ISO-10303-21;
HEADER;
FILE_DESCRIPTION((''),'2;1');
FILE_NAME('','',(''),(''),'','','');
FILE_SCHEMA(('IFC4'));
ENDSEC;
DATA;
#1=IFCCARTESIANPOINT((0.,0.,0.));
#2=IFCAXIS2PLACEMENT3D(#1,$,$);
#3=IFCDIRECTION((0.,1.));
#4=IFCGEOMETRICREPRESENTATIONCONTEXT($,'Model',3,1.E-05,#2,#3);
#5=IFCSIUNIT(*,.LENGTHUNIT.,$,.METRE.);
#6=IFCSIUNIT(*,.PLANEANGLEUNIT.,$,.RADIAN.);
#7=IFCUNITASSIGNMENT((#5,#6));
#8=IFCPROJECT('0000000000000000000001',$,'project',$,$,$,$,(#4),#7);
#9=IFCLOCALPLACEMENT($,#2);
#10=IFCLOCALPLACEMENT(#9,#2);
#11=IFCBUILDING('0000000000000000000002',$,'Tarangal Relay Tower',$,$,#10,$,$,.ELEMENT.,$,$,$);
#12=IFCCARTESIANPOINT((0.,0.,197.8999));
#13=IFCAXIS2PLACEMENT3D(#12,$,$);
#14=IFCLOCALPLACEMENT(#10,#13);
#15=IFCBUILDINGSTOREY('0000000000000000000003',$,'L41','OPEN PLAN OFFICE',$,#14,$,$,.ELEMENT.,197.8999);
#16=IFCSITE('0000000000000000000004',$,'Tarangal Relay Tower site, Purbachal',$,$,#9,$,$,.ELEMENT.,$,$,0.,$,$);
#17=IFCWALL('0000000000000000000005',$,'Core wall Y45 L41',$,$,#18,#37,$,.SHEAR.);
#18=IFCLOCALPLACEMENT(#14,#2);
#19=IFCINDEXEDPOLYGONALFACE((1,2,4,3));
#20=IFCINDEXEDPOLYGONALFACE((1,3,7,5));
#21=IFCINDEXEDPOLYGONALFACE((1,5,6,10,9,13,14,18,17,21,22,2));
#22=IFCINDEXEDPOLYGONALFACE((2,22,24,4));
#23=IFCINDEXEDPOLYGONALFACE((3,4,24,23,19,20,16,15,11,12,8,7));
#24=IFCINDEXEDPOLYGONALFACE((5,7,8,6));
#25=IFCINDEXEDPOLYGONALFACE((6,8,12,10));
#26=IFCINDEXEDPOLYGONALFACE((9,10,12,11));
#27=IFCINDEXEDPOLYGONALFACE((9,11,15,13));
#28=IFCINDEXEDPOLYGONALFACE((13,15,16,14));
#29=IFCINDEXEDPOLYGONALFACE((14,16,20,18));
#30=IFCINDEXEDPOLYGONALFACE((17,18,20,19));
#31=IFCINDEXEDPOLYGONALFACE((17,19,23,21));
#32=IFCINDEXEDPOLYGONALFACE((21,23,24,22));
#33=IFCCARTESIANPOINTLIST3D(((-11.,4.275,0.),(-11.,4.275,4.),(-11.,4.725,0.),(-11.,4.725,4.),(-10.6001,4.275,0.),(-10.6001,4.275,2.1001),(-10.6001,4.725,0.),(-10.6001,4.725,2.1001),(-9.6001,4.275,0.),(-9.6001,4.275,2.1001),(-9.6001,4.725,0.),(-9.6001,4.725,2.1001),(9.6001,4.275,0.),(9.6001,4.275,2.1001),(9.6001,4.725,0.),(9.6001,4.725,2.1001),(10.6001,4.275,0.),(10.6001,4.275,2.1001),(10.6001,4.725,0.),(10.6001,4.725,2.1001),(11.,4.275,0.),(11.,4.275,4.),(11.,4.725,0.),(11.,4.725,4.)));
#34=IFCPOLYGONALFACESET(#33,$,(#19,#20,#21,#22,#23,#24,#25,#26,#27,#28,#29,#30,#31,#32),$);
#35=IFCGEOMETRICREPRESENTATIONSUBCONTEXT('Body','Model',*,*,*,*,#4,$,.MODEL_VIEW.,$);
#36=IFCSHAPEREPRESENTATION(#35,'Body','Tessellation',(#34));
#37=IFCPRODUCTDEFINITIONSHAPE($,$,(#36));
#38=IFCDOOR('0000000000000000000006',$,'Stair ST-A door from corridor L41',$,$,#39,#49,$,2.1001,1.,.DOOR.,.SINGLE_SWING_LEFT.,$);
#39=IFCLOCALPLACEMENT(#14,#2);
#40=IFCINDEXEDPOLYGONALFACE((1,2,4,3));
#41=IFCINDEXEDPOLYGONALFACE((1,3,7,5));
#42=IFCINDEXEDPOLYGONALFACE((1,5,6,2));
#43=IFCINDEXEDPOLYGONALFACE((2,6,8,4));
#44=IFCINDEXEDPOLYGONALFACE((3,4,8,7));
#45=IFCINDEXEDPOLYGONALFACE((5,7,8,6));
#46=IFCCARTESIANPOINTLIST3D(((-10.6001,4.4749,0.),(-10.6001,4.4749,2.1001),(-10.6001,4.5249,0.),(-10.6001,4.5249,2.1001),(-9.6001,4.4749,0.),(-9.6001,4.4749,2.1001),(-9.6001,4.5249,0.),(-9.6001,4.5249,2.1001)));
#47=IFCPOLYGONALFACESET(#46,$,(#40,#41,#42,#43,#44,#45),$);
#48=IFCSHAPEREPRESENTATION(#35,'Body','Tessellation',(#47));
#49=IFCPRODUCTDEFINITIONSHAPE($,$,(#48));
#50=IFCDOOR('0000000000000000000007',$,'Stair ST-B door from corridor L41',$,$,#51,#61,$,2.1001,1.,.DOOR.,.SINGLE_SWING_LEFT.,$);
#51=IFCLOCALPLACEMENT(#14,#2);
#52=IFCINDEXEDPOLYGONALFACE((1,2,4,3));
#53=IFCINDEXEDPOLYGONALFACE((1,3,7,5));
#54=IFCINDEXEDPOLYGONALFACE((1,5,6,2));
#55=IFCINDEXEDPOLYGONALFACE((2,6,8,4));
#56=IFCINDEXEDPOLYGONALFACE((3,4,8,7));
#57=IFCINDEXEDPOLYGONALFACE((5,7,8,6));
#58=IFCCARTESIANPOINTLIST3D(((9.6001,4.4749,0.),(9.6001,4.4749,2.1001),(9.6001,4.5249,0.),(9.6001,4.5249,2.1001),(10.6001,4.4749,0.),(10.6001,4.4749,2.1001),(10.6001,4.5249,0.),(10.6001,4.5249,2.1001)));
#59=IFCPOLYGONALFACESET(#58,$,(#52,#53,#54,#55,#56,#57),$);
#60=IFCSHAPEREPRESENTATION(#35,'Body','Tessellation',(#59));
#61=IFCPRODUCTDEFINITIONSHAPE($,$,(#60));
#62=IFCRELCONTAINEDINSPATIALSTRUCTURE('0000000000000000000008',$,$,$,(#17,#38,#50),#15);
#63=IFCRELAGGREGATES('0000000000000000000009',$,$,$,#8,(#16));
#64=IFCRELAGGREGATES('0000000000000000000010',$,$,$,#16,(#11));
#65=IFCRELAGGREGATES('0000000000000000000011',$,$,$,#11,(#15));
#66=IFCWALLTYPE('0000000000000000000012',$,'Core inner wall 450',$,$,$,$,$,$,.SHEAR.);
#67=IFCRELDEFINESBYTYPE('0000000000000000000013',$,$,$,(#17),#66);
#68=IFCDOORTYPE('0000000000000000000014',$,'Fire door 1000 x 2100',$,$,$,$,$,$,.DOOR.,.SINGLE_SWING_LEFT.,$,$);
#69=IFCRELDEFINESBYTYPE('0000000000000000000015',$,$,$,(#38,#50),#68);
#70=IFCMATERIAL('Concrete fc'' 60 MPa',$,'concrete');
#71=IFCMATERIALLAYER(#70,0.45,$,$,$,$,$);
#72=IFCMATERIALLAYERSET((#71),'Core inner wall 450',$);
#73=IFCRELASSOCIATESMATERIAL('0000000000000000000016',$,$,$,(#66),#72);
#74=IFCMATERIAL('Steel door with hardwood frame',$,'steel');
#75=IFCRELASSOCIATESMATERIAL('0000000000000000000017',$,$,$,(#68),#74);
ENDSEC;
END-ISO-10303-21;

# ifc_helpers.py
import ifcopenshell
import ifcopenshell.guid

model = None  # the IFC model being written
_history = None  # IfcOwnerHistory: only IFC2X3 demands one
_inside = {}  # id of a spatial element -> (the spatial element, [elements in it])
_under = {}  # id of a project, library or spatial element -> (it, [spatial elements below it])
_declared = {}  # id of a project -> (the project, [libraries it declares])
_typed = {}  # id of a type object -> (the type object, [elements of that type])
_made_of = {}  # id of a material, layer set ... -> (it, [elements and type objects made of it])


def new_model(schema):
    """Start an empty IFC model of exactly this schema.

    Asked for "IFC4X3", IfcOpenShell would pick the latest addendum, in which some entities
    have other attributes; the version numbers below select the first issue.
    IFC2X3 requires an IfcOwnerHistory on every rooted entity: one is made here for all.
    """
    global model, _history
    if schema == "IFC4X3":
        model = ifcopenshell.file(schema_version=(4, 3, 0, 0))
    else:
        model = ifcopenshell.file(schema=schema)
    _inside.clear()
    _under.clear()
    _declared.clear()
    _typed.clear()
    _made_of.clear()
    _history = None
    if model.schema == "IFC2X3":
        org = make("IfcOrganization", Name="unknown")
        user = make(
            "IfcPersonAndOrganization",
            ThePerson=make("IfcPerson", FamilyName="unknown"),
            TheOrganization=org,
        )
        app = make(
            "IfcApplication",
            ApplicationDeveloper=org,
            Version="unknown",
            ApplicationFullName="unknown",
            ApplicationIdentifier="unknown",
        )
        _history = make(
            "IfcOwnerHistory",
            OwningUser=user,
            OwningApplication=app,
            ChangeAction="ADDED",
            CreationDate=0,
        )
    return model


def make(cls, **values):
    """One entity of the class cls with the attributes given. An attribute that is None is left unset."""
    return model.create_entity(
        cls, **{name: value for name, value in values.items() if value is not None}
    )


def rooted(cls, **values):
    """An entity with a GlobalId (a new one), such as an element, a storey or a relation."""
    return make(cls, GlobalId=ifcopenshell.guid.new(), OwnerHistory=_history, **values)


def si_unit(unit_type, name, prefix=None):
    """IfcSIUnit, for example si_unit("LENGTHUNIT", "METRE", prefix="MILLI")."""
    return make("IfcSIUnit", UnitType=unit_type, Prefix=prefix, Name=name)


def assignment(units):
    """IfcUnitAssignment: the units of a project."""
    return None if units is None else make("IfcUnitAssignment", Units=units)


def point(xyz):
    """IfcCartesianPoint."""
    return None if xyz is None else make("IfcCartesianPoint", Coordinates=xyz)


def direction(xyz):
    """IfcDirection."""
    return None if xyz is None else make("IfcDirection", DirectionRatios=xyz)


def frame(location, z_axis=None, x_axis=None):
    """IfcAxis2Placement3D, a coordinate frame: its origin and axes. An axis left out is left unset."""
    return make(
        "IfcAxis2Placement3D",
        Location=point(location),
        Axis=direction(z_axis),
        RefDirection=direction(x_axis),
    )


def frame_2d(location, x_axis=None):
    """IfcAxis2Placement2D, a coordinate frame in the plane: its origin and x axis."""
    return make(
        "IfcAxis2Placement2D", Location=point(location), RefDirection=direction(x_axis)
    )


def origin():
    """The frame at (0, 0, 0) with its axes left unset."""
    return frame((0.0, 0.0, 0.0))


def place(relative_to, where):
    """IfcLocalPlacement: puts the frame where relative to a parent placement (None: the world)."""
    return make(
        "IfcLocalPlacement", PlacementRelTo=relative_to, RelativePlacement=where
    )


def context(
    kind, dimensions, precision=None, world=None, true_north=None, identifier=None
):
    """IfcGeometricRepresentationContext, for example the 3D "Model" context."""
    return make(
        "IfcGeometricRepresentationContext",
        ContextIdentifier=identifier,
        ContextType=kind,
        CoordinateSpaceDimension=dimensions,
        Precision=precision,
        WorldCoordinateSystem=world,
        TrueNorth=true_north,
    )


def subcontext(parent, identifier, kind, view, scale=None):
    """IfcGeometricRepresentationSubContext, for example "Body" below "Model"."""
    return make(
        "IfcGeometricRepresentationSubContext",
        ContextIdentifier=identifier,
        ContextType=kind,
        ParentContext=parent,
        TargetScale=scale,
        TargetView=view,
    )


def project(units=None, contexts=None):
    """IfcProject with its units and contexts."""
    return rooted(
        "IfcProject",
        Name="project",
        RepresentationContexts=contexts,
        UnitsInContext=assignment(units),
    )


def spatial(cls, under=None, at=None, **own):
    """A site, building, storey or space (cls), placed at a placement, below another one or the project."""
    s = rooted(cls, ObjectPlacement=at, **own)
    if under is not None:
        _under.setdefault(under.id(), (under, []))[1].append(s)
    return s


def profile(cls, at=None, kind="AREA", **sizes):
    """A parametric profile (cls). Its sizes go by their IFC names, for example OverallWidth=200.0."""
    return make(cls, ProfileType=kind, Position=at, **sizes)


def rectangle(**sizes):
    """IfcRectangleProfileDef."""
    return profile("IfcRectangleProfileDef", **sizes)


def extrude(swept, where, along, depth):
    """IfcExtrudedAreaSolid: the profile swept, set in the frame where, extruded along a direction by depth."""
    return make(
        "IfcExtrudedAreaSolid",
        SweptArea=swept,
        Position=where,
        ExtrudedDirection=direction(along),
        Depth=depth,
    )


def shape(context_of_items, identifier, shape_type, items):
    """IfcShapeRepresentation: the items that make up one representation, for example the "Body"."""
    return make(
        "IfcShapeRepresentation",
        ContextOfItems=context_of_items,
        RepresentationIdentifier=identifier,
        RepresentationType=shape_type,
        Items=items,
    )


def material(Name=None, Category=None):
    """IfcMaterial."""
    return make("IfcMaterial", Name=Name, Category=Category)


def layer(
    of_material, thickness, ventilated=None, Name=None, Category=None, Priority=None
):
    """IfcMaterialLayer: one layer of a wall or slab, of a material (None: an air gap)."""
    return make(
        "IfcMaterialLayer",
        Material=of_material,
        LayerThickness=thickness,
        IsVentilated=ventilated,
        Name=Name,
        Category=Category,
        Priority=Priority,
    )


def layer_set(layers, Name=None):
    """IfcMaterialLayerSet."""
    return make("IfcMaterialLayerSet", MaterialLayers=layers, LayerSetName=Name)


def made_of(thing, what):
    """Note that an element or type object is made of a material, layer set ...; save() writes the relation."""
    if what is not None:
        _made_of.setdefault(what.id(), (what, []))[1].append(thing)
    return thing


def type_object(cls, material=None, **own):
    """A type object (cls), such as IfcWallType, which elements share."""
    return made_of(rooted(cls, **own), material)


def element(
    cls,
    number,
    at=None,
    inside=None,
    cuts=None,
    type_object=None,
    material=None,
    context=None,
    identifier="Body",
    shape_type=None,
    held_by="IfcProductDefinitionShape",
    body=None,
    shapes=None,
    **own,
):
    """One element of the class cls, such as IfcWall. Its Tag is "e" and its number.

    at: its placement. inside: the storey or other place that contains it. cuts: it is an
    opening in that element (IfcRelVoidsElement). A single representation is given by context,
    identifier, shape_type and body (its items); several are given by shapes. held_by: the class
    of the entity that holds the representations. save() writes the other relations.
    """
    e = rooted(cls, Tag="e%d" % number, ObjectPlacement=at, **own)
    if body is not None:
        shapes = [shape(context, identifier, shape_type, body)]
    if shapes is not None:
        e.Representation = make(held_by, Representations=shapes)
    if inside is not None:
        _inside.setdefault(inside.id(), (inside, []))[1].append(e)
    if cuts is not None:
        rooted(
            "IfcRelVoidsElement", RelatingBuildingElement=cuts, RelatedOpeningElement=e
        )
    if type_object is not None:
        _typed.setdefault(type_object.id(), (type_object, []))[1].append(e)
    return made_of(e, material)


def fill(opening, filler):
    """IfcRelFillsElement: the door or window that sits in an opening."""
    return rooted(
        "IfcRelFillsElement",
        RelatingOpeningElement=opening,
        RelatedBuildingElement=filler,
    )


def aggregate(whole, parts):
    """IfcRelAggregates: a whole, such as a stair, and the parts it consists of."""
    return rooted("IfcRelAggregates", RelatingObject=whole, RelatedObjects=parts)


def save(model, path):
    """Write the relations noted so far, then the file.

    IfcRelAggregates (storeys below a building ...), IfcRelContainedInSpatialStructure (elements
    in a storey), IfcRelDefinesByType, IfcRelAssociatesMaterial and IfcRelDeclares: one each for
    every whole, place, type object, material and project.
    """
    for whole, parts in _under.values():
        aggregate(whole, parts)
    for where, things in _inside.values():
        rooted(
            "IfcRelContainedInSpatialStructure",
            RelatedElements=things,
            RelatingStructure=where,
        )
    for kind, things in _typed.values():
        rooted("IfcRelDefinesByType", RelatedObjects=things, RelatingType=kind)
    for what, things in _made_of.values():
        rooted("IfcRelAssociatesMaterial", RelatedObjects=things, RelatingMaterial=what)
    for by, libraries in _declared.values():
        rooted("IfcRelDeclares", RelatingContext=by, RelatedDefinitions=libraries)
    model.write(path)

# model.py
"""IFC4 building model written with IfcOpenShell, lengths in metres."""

from ifc_helpers import new_model, si_unit, direction, frame, frame_2d, origin, place, context, subcontext, project, spatial, rectangle, extrude, material, layer, layer_set, type_object, element, fill, save


model = new_model("IFC4")

# Units and contexts
model_context = context("Model", 3, precision=1e-05, world=origin(), true_north=direction((0.0, 1.0)))
body_context = subcontext(model_context, "Body", "Model", "MODEL_VIEW")
ifc_project = project(units=[si_unit("LENGTHUNIT", "METRE"), si_unit("PLANEANGLEUNIT", "RADIAN")], contexts=[model_context])

# Site, building, storey
site_placement = place(None, origin())
site = spatial("IfcSite", under=ifc_project, at=site_placement, Name="Tarangal Relay Tower site, Purbachal", CompositionType="ELEMENT", RefElevation=0.0)
building_placement = place(site_placement, origin())
building = spatial("IfcBuilding", under=site, at=building_placement, Name="Tarangal Relay Tower", CompositionType="ELEMENT")
storey_placement = place(building_placement, frame((0.0, 0.0, 197.8999)))
storey = spatial("IfcBuildingStorey", under=building, at=storey_placement, Name="L41", Description="OPEN PLAN OFFICE", CompositionType="ELEMENT", Elevation=197.8999)

# Wall, openings, doors
ifc_material_1 = material(Name="Concrete fc' 60 MPa", Category="concrete")
ifc_layer = layer(ifc_material_1, 0.45)
ifc_layer_set = layer_set([ifc_layer], Name="Core inner wall 450")
wall_type = type_object("IfcWallType", Name="Core inner wall 450", PredefinedType="SHEAR", material=ifc_layer_set)
wall_1_placement = place(storey_placement, frame((-11.0, 4.5, 0.0), z_axis=(0.0, 0.0, 1.0), x_axis=(1.0, 0.0, 0.0)))
wall_1 = element("IfcWall", 1, at=wall_1_placement, inside=storey, type_object=wall_type, Name="Core wall Y45 L41", PredefinedType="SHEAR", context=body_context, shape_type="SweptSolid", body=[
    extrude(rectangle(XDim=22.0, YDim=0.45, at=frame_2d((11.0, 0.0))), origin(), (0.0, 0.0, 1.0), 4.0),
])
opening_1_placement = place(wall_1_placement, frame((0.3999, 0.0, 0.0)))
opening_1 = element("IfcOpeningElement", 2, at=opening_1_placement, cuts=wall_1, PredefinedType="OPENING", context=body_context, shape_type="SweptSolid", body=[
    extrude(rectangle(XDim=1.0, YDim=2.1001, at=frame_2d((0.5, 1.05))), frame((0.0, 0.2349, 0.0), z_axis=(0.0, -1.0, 0.0), x_axis=(1.0, 0.0, 0.0)), (0.0, 0.0, 1.0), 0.47),
])
opening_2_placement = place(wall_1_placement, frame((20.6001, 0.0, 0.0)))
opening_2 = element("IfcOpeningElement", 3, at=opening_2_placement, cuts=wall_1, PredefinedType="OPENING", context=body_context, shape_type="SweptSolid", body=[
    extrude(rectangle(XDim=1.0, YDim=2.1001, at=frame_2d((0.5, 1.05))), frame((0.0, 0.2349, 0.0), z_axis=(0.0, -1.0, 0.0), x_axis=(1.0, 0.0, 0.0)), (0.0, 0.0, 1.0), 0.47),
])
ifc_material_2 = material(Name="Steel door with hardwood frame", Category="steel")
door_type_1 = type_object("IfcDoorType", Name="Fire door 1000 x 2100", OperationType="SINGLE_SWING_LEFT", PredefinedType="DOOR", material=ifc_material_2)
door_1_placement = place(opening_1_placement, origin())
door_1 = element("IfcDoor", 4, at=door_1_placement, inside=storey, type_object=door_type_1, Name="Stair ST-A door from corridor L41", OperationType="SINGLE_SWING_LEFT", OverallHeight=2.1001, OverallWidth=1.0, PredefinedType="DOOR", context=body_context, shape_type="SweptSolid", body=[
    extrude(rectangle(XDim=1.0, YDim=2.1001, at=frame_2d((0.5, 1.05))), frame((0.0, 0.0249, 0.0), z_axis=(0.0, -1.0, 0.0), x_axis=(1.0, 0.0, 0.0)), (0.0, 0.0, 1.0), 0.05),
])
fill(opening_1, door_1)
door_2_placement = place(opening_2_placement, origin())
door_2 = element("IfcDoor", 5, at=door_2_placement, inside=storey, type_object=door_type_1, Name="Stair ST-B door from corridor L41", OperationType="SINGLE_SWING_LEFT", OverallHeight=2.1001, OverallWidth=1.0, PredefinedType="DOOR", context=body_context, shape_type="SweptSolid", body=[
    extrude(rectangle(XDim=1.0, YDim=2.1001, at=frame_2d((0.5, 1.05))), frame((0.0, 0.0249, 0.0), z_axis=(0.0, -1.0, 0.0), x_axis=(1.0, 0.0, 0.0)), (0.0, 0.0, 1.0), 0.05),
])
fill(opening_2, door_2)

save(model, "model.ifc")
